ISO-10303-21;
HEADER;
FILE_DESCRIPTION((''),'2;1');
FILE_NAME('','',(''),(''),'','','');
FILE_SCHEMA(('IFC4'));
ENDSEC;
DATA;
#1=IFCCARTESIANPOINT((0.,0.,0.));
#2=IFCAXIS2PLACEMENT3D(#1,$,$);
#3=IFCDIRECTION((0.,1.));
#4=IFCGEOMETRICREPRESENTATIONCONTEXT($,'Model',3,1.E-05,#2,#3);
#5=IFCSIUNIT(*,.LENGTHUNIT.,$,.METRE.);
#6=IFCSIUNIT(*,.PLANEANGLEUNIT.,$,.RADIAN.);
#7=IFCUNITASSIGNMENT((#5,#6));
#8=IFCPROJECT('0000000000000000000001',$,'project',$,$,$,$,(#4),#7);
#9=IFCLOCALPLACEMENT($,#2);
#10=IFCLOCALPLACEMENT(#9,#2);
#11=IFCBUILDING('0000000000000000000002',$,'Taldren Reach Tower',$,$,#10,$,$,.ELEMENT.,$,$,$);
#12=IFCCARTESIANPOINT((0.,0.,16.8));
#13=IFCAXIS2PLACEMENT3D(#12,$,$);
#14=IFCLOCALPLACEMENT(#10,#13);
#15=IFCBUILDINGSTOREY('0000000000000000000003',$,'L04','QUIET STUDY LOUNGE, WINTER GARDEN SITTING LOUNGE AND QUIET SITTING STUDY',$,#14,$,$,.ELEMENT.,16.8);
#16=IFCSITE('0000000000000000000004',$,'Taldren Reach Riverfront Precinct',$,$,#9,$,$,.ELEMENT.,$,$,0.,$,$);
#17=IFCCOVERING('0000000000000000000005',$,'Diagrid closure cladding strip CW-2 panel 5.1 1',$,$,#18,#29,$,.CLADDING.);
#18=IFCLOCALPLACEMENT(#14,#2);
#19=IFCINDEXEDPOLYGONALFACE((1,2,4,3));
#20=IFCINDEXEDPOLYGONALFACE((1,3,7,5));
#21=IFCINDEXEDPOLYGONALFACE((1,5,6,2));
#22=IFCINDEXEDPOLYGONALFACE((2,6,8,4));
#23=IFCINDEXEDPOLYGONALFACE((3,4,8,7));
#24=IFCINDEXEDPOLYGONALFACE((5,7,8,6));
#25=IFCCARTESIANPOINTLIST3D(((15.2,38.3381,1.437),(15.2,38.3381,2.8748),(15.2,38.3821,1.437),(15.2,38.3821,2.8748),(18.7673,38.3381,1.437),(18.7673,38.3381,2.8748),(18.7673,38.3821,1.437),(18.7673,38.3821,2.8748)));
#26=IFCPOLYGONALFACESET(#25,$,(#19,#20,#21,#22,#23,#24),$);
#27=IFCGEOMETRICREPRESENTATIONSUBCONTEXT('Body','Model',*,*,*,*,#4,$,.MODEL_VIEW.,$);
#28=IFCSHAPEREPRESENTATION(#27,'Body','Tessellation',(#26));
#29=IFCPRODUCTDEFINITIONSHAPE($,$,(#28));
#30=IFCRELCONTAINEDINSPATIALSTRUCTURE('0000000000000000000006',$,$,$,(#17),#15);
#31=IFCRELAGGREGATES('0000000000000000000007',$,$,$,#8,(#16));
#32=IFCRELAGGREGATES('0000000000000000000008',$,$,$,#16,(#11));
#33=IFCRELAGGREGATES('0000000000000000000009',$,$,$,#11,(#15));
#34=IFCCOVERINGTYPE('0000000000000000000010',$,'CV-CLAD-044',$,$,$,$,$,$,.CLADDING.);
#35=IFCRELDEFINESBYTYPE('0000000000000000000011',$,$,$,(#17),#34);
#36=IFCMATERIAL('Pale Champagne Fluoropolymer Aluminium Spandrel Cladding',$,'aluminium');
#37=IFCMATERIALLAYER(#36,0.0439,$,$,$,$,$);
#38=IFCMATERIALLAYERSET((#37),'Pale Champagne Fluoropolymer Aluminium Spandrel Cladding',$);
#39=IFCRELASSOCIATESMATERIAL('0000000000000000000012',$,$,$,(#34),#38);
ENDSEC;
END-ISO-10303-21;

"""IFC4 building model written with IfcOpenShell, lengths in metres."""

from ifc_helpers import new_model, si_unit, direction, frame, origin, origin_2d, place, context, subcontext, project, spatial, rectangle, extrude, source, transform, mapped, material, layer, layer_set, type_object, element, save


model = new_model("IFC4")

# Units and contexts
model_context = context("Model", 3, precision=1e-05, world=origin(), true_north=direction((0.0, 1.0)))
body_context = subcontext(model_context, "Body", "Model", "MODEL_VIEW")
ifc_project = project(units=[si_unit("LENGTHUNIT", "METRE"), si_unit("PLANEANGLEUNIT", "RADIAN")], contexts=[model_context])

# Site, building, storey
site_placement = place(None, origin())
site = spatial("IfcSite", under=ifc_project, at=site_placement, Name="Taldren Reach Riverfront Precinct", CompositionType="ELEMENT", RefElevation=0.0)
building_placement = place(site_placement, origin())
building = spatial("IfcBuilding", under=site, at=building_placement, Name="Taldren Reach Tower", CompositionType="ELEMENT")
storey_placement = place(building_placement, frame((0.0, 0.0, 16.8)))
storey = spatial("IfcBuildingStorey", under=building, at=storey_placement, Name="L04", Description="QUIET STUDY LOUNGE, WINTER GARDEN SITTING LOUNGE AND QUIET SITTING STUDY", CompositionType="ELEMENT", Elevation=16.8)

# Covering
ifc_material_1 = material(Name="Pale Champagne Fluoropolymer Aluminium Spandrel Cladding", Category="aluminium")
ifc_layer_1 = layer(ifc_material_1, 0.0439)
ifc_layer_set_1 = layer_set([ifc_layer_1], Name="Pale Champagne Fluoropolymer Aluminium Spandrel Cladding")
covering_type = type_object("IfcCoveringType", Name="CV-CLAD-044", PredefinedType="CLADDING", material=ifc_layer_set_1)
shared_shape_1 = source(origin(), body_context, "Body", "SweptSolid", [
    extrude(rectangle(XDim=3.5674, YDim=0.0439, at=origin_2d()), origin(), (0.0, 0.0, 1.0), 1.4377),
])
covering_1_placement = place(storey_placement, frame((16.9836, 38.3601, 1.437), z_axis=(0.0, 0.0, 1.0), x_axis=(-1.0, 0.0, 0.0)))
element("IfcCovering", 1, at=covering_1_placement, inside=storey, type_object=covering_type, Name="Diagrid closure cladding strip CW-2 panel 5.1 1", PredefinedType="CLADDING", context=body_context, shape_type="MappedRepresentation", body=[
    mapped(shared_shape_1, transform((0.0, 0.0, 0.0), scale=1.0)),
])

save(model, "model.ifc")
